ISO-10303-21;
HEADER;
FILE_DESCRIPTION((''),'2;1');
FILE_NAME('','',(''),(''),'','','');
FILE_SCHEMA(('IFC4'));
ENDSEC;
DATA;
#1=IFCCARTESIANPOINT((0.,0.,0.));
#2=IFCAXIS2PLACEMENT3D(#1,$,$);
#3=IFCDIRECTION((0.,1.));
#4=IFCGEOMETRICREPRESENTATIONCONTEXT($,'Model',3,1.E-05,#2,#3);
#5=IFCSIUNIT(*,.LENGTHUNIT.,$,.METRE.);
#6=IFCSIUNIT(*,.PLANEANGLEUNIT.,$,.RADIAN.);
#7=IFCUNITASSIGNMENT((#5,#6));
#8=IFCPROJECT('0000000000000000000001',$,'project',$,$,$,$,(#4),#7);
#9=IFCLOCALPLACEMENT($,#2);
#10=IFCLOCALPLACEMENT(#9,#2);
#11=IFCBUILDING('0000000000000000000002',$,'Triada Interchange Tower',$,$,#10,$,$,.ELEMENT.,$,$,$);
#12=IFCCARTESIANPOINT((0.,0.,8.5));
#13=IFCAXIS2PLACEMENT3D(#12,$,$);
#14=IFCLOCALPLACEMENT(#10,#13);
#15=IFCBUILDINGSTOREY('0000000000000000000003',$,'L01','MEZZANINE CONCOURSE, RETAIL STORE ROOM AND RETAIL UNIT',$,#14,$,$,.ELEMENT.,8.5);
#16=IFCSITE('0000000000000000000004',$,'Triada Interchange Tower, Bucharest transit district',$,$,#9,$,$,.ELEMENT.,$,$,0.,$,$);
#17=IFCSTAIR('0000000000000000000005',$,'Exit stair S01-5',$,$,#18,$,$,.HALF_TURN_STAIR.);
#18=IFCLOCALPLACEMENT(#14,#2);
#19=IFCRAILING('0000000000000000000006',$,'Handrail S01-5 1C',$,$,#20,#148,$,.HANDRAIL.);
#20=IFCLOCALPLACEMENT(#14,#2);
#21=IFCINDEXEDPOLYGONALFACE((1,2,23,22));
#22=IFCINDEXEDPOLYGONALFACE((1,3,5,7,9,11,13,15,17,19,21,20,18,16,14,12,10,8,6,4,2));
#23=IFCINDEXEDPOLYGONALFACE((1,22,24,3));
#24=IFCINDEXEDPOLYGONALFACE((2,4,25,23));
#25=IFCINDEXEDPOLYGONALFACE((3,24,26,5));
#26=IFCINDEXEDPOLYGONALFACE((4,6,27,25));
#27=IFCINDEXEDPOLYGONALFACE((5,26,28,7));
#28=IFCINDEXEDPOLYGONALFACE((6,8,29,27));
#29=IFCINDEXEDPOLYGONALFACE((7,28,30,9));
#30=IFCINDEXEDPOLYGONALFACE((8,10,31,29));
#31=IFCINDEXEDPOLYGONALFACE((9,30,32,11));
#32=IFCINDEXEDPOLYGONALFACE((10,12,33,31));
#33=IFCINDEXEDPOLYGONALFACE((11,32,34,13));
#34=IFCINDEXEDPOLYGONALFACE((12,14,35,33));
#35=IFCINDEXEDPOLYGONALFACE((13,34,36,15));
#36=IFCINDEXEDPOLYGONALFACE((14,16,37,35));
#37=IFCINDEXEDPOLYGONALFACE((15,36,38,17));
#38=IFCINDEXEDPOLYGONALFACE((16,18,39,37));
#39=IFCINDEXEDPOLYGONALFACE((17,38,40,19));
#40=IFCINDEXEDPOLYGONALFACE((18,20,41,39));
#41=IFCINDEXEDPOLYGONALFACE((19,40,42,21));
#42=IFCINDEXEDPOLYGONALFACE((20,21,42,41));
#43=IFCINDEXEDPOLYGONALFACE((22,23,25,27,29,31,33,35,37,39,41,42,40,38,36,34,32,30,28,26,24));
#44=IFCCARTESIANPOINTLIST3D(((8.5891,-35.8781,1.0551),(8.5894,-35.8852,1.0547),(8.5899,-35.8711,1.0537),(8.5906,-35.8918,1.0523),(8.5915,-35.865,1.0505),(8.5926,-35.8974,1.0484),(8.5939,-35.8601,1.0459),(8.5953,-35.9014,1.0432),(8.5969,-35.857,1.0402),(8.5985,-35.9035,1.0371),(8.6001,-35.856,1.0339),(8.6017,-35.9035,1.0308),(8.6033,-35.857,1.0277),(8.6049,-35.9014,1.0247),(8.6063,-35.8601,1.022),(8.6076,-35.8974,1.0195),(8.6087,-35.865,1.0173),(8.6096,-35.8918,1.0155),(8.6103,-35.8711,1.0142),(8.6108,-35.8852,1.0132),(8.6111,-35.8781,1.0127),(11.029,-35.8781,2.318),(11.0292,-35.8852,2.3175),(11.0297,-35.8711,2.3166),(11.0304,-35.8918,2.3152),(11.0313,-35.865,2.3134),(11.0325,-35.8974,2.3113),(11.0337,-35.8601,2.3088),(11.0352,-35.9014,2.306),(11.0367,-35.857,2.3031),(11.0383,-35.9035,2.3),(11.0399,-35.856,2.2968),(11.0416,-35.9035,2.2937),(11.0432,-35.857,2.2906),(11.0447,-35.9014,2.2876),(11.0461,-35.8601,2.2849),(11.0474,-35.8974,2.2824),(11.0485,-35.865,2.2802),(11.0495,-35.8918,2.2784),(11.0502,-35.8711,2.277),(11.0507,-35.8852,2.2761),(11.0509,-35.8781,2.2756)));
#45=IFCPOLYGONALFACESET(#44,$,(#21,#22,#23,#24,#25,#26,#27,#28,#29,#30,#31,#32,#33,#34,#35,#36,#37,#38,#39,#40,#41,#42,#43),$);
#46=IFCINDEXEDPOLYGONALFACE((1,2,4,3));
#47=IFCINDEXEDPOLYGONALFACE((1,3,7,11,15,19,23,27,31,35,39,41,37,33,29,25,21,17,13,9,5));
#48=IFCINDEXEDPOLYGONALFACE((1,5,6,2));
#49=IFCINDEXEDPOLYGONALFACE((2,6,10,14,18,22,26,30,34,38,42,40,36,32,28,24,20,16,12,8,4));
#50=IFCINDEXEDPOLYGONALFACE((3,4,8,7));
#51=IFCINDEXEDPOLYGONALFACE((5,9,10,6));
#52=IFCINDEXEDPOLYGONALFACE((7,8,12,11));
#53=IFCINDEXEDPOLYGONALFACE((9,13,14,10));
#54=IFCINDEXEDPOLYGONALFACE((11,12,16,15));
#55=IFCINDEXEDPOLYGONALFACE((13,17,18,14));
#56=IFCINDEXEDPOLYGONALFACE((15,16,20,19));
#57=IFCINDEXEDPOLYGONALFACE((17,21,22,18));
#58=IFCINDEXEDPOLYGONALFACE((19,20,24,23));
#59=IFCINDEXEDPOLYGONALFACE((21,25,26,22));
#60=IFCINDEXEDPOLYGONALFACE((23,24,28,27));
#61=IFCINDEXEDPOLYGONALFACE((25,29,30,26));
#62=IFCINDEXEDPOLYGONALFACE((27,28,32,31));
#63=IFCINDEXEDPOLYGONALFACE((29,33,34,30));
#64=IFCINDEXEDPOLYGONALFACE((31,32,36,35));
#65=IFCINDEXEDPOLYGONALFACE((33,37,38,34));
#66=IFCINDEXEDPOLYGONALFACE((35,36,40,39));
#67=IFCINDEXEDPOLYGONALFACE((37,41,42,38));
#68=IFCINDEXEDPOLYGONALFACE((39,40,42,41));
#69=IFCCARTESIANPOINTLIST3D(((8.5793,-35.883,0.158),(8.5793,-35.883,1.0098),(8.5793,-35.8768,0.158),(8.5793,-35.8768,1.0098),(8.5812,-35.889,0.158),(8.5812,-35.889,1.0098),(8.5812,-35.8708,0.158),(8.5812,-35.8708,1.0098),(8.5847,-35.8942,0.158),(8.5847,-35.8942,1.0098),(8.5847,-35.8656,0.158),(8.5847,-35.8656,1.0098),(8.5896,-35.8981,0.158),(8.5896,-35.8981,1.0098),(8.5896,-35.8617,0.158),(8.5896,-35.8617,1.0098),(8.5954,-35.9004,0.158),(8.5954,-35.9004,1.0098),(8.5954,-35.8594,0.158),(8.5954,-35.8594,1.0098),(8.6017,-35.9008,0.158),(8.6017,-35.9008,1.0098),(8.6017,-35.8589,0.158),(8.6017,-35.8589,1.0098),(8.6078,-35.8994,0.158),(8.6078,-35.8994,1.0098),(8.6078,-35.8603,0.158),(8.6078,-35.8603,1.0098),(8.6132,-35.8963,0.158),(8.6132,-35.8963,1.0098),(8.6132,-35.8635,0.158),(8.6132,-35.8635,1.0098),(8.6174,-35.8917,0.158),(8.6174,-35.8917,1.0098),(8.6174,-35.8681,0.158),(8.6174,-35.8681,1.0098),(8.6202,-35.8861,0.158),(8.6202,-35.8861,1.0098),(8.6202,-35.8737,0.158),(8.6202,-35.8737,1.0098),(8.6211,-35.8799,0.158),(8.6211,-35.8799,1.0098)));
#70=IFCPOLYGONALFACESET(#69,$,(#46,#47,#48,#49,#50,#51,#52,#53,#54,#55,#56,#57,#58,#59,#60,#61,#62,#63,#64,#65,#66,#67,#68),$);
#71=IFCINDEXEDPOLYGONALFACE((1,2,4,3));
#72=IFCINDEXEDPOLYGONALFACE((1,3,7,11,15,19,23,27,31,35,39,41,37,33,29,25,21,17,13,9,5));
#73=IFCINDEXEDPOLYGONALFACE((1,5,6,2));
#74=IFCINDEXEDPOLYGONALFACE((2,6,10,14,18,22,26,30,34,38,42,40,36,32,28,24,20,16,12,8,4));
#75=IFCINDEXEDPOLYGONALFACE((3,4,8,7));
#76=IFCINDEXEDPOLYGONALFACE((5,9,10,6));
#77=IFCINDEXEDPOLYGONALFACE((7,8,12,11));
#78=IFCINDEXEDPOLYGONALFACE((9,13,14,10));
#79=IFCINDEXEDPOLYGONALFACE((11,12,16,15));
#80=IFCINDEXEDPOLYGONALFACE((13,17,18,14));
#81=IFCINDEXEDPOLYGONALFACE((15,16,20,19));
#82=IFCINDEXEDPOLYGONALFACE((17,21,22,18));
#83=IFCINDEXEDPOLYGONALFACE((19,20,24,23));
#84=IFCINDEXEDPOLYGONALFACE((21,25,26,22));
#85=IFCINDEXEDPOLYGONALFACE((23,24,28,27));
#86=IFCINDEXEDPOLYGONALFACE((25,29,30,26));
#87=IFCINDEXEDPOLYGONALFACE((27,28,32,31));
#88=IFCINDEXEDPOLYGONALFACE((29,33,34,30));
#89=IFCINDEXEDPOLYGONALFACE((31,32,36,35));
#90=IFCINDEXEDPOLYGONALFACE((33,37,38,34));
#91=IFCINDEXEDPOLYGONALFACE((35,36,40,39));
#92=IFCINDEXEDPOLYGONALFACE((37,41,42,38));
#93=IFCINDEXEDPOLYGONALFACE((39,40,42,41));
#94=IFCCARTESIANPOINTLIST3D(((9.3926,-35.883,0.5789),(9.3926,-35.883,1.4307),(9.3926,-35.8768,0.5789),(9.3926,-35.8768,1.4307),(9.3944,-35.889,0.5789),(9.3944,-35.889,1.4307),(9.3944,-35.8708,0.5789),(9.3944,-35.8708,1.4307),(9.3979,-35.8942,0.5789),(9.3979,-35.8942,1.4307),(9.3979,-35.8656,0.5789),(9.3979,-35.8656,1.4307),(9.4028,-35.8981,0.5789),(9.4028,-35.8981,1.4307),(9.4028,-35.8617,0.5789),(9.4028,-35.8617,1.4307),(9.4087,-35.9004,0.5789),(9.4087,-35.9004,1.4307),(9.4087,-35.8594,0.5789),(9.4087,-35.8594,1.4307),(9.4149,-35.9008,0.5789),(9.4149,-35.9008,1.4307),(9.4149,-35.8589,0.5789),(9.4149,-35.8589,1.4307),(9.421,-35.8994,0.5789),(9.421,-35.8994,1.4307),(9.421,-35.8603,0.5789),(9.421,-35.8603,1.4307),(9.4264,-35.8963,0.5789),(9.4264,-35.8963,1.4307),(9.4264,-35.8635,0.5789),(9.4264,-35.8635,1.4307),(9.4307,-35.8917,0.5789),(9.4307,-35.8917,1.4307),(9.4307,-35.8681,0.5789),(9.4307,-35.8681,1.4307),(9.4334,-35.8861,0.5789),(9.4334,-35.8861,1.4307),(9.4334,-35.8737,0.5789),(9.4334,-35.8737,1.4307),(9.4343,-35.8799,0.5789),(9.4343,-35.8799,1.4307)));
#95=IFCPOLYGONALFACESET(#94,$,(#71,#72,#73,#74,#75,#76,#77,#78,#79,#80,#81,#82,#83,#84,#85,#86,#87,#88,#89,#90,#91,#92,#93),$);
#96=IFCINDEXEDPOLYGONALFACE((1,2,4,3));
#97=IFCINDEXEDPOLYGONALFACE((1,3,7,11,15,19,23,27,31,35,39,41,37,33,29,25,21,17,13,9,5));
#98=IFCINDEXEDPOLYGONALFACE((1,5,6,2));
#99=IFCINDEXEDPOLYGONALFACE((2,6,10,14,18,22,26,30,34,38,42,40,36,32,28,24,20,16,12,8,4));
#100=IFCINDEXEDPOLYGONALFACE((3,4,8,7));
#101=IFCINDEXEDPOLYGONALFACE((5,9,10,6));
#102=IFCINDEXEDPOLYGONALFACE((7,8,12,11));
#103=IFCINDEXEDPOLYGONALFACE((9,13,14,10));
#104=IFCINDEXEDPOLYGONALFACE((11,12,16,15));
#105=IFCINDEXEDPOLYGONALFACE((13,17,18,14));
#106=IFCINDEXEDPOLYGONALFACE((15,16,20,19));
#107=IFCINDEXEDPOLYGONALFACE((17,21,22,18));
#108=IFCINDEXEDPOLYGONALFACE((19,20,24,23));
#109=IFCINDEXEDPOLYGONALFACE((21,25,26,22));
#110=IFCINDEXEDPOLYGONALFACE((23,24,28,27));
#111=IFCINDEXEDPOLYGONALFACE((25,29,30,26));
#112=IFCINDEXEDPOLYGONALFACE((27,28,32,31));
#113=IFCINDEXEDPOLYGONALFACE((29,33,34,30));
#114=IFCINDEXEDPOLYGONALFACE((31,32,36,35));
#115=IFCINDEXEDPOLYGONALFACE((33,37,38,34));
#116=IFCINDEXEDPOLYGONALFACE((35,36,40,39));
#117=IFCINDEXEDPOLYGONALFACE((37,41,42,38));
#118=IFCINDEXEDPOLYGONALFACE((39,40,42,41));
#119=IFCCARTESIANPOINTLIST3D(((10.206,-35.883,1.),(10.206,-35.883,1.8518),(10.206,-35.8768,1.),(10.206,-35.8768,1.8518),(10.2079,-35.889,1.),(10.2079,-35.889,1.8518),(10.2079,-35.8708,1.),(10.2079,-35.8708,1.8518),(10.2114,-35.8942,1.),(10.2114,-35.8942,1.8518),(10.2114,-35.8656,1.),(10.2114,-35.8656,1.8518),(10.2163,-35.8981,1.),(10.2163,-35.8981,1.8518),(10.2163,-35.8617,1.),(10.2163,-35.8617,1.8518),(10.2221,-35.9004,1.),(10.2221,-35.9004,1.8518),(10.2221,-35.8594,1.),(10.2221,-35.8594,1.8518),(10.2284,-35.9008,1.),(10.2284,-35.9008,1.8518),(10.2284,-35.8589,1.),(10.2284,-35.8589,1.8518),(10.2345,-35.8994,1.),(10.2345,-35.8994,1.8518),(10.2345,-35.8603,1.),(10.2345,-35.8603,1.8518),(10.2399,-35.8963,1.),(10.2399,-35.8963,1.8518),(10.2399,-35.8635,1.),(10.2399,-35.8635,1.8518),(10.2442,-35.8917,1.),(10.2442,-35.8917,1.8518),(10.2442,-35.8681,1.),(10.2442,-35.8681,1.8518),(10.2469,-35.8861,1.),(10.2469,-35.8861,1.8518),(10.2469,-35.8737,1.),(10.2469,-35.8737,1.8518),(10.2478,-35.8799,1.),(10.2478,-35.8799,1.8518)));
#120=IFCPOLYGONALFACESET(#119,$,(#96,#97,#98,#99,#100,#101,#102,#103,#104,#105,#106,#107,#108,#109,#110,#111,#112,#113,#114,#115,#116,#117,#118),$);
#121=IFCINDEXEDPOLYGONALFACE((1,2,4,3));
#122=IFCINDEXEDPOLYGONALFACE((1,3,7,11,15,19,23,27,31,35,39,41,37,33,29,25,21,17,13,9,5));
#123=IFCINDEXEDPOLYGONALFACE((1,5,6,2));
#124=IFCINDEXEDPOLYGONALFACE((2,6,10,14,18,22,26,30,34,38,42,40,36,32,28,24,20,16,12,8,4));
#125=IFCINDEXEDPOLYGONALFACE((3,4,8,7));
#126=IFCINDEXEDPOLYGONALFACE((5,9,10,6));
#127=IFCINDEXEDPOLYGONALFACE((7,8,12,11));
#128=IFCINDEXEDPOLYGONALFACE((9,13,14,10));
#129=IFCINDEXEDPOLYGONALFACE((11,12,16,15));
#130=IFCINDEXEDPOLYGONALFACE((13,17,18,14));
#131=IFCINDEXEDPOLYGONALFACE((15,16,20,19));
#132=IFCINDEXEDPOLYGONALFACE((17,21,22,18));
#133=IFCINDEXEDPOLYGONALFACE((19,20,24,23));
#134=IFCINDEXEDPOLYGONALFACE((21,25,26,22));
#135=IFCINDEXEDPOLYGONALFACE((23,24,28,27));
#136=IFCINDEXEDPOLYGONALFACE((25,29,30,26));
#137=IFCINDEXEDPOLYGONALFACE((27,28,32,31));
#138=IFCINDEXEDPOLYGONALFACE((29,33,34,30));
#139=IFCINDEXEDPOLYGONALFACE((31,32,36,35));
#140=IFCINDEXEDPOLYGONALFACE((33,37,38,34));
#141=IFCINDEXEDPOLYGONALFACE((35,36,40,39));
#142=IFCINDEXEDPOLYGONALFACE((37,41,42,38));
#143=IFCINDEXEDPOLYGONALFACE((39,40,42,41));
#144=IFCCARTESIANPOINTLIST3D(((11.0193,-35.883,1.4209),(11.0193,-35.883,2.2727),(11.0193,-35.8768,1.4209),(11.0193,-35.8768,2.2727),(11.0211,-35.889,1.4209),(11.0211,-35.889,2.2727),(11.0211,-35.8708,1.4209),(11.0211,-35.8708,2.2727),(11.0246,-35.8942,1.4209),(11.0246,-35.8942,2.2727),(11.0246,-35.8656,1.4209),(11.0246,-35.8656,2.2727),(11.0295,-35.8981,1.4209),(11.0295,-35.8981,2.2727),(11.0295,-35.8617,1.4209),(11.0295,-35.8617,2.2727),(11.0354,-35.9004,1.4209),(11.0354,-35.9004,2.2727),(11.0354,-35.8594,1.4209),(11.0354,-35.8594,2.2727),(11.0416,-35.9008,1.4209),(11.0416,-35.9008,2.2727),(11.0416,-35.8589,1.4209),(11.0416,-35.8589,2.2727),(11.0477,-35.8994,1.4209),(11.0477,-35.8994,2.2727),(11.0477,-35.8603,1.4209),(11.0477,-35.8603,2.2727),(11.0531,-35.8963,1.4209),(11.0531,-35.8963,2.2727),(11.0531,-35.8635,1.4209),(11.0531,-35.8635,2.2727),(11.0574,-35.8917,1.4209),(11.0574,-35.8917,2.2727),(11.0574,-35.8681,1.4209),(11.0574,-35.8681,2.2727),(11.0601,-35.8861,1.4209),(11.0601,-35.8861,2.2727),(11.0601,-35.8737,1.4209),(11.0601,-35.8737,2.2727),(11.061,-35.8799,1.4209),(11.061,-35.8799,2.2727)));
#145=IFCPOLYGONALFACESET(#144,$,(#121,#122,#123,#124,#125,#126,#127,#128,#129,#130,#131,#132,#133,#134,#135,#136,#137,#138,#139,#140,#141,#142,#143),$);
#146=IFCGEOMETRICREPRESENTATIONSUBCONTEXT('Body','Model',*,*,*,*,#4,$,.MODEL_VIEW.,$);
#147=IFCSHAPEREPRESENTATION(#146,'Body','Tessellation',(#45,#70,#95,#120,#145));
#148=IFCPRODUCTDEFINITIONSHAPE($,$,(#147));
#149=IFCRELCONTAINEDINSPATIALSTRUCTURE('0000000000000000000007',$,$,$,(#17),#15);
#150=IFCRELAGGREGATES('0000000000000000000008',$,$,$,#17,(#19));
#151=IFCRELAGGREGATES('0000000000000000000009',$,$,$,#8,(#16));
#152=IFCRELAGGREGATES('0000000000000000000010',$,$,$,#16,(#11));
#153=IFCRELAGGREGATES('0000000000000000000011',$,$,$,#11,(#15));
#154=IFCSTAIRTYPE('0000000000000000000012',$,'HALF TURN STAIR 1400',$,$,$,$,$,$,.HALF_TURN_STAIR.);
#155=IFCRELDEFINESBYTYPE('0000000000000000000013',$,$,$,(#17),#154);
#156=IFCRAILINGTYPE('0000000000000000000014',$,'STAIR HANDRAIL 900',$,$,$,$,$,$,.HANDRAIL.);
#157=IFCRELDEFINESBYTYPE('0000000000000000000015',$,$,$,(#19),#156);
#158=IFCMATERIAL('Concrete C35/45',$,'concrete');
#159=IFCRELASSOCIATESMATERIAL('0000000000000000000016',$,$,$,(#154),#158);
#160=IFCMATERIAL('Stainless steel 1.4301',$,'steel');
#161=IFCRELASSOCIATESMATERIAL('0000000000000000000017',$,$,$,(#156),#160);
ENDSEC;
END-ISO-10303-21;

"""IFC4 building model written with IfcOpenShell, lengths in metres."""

from ifc_helpers import new_model, si_unit, direction, frame, origin, origin_2d, place, context, subcontext, project, spatial, circle, extrude, material, type_object, element, aggregate, save


model = new_model("IFC4")

# Units and contexts
model_context = context("Model", 3, precision=1e-05, world=origin(), true_north=direction((0.0, 1.0)))
body_context = subcontext(model_context, "Body", "Model", "MODEL_VIEW")
ifc_project = project(units=[si_unit("LENGTHUNIT", "METRE"), si_unit("PLANEANGLEUNIT", "RADIAN")], contexts=[model_context])

# Site, building, storey
site_placement = place(None, origin())
site = spatial("IfcSite", under=ifc_project, at=site_placement, Name="Triada Interchange Tower, Bucharest transit district", CompositionType="ELEMENT", RefElevation=0.0)
building_placement = place(site_placement, origin())
building = spatial("IfcBuilding", under=site, at=building_placement, Name="Triada Interchange Tower", CompositionType="ELEMENT")
storey_placement = place(building_placement, frame((0.0, 0.0, 8.5)))
storey = spatial("IfcBuildingStorey", under=building, at=storey_placement, Name="L01", Description="MEZZANINE CONCOURSE, RETAIL STORE ROOM AND RETAIL UNIT", CompositionType="ELEMENT", Elevation=8.5)

# Stair, railing
ifc_material_1 = material(Name="Concrete C35/45", Category="concrete")
stair_type = type_object("IfcStairType", Name="HALF TURN STAIR 1400", PredefinedType="HALF_TURN_STAIR", material=ifc_material_1)
stair_placement = place(storey_placement, origin())
stair = element("IfcStair", 1, at=stair_placement, inside=storey, type_object=stair_type, Name="Exit stair S01-5", PredefinedType="HALF_TURN_STAIR")
ifc_material_2 = material(Name="Stainless steel 1.4301", Category="steel")
railing_type = type_object("IfcRailingType", Name="STAIR HANDRAIL 900", PredefinedType="HANDRAIL", material=ifc_material_2)
railing_1_placement = place(storey_placement, frame((8.6001, -35.8799, 0.158)))
railing_1 = element("IfcRailing", 2, at=railing_1_placement, type_object=railing_type, Name="Handrail S01-5 1C", PredefinedType="HANDRAIL", context=body_context, shape_type="SweptSolid", body=[
    extrude(circle(Radius=0.0239, at=origin_2d()), frame((0.0, 0.0, 0.876), z_axis=(0.888084, 0.0, 0.459682), x_axis=(0.0, 1.0, 0.0)), (0.0, 0.0, 1.0), 2.7473),
    extrude(circle(Radius=0.021, at=origin_2d()), origin(), (0.0, 0.0, 1.0), 0.8518),
    extrude(circle(Radius=0.021, at=origin_2d()), frame((0.8132, 0.0, 0.4209)), (0.0, 0.0, 1.0), 0.8518),
    extrude(circle(Radius=0.021, at=origin_2d()), frame((1.6267, 0.0, 0.842)), (0.0, 0.0, 1.0), 0.8518),
    extrude(circle(Radius=0.021, at=origin_2d()), frame((2.4399, 0.0, 1.2629)), (0.0, 0.0, 1.0), 0.8518),
])
aggregate(stair, [railing_1])

save(model, "model.ifc")
